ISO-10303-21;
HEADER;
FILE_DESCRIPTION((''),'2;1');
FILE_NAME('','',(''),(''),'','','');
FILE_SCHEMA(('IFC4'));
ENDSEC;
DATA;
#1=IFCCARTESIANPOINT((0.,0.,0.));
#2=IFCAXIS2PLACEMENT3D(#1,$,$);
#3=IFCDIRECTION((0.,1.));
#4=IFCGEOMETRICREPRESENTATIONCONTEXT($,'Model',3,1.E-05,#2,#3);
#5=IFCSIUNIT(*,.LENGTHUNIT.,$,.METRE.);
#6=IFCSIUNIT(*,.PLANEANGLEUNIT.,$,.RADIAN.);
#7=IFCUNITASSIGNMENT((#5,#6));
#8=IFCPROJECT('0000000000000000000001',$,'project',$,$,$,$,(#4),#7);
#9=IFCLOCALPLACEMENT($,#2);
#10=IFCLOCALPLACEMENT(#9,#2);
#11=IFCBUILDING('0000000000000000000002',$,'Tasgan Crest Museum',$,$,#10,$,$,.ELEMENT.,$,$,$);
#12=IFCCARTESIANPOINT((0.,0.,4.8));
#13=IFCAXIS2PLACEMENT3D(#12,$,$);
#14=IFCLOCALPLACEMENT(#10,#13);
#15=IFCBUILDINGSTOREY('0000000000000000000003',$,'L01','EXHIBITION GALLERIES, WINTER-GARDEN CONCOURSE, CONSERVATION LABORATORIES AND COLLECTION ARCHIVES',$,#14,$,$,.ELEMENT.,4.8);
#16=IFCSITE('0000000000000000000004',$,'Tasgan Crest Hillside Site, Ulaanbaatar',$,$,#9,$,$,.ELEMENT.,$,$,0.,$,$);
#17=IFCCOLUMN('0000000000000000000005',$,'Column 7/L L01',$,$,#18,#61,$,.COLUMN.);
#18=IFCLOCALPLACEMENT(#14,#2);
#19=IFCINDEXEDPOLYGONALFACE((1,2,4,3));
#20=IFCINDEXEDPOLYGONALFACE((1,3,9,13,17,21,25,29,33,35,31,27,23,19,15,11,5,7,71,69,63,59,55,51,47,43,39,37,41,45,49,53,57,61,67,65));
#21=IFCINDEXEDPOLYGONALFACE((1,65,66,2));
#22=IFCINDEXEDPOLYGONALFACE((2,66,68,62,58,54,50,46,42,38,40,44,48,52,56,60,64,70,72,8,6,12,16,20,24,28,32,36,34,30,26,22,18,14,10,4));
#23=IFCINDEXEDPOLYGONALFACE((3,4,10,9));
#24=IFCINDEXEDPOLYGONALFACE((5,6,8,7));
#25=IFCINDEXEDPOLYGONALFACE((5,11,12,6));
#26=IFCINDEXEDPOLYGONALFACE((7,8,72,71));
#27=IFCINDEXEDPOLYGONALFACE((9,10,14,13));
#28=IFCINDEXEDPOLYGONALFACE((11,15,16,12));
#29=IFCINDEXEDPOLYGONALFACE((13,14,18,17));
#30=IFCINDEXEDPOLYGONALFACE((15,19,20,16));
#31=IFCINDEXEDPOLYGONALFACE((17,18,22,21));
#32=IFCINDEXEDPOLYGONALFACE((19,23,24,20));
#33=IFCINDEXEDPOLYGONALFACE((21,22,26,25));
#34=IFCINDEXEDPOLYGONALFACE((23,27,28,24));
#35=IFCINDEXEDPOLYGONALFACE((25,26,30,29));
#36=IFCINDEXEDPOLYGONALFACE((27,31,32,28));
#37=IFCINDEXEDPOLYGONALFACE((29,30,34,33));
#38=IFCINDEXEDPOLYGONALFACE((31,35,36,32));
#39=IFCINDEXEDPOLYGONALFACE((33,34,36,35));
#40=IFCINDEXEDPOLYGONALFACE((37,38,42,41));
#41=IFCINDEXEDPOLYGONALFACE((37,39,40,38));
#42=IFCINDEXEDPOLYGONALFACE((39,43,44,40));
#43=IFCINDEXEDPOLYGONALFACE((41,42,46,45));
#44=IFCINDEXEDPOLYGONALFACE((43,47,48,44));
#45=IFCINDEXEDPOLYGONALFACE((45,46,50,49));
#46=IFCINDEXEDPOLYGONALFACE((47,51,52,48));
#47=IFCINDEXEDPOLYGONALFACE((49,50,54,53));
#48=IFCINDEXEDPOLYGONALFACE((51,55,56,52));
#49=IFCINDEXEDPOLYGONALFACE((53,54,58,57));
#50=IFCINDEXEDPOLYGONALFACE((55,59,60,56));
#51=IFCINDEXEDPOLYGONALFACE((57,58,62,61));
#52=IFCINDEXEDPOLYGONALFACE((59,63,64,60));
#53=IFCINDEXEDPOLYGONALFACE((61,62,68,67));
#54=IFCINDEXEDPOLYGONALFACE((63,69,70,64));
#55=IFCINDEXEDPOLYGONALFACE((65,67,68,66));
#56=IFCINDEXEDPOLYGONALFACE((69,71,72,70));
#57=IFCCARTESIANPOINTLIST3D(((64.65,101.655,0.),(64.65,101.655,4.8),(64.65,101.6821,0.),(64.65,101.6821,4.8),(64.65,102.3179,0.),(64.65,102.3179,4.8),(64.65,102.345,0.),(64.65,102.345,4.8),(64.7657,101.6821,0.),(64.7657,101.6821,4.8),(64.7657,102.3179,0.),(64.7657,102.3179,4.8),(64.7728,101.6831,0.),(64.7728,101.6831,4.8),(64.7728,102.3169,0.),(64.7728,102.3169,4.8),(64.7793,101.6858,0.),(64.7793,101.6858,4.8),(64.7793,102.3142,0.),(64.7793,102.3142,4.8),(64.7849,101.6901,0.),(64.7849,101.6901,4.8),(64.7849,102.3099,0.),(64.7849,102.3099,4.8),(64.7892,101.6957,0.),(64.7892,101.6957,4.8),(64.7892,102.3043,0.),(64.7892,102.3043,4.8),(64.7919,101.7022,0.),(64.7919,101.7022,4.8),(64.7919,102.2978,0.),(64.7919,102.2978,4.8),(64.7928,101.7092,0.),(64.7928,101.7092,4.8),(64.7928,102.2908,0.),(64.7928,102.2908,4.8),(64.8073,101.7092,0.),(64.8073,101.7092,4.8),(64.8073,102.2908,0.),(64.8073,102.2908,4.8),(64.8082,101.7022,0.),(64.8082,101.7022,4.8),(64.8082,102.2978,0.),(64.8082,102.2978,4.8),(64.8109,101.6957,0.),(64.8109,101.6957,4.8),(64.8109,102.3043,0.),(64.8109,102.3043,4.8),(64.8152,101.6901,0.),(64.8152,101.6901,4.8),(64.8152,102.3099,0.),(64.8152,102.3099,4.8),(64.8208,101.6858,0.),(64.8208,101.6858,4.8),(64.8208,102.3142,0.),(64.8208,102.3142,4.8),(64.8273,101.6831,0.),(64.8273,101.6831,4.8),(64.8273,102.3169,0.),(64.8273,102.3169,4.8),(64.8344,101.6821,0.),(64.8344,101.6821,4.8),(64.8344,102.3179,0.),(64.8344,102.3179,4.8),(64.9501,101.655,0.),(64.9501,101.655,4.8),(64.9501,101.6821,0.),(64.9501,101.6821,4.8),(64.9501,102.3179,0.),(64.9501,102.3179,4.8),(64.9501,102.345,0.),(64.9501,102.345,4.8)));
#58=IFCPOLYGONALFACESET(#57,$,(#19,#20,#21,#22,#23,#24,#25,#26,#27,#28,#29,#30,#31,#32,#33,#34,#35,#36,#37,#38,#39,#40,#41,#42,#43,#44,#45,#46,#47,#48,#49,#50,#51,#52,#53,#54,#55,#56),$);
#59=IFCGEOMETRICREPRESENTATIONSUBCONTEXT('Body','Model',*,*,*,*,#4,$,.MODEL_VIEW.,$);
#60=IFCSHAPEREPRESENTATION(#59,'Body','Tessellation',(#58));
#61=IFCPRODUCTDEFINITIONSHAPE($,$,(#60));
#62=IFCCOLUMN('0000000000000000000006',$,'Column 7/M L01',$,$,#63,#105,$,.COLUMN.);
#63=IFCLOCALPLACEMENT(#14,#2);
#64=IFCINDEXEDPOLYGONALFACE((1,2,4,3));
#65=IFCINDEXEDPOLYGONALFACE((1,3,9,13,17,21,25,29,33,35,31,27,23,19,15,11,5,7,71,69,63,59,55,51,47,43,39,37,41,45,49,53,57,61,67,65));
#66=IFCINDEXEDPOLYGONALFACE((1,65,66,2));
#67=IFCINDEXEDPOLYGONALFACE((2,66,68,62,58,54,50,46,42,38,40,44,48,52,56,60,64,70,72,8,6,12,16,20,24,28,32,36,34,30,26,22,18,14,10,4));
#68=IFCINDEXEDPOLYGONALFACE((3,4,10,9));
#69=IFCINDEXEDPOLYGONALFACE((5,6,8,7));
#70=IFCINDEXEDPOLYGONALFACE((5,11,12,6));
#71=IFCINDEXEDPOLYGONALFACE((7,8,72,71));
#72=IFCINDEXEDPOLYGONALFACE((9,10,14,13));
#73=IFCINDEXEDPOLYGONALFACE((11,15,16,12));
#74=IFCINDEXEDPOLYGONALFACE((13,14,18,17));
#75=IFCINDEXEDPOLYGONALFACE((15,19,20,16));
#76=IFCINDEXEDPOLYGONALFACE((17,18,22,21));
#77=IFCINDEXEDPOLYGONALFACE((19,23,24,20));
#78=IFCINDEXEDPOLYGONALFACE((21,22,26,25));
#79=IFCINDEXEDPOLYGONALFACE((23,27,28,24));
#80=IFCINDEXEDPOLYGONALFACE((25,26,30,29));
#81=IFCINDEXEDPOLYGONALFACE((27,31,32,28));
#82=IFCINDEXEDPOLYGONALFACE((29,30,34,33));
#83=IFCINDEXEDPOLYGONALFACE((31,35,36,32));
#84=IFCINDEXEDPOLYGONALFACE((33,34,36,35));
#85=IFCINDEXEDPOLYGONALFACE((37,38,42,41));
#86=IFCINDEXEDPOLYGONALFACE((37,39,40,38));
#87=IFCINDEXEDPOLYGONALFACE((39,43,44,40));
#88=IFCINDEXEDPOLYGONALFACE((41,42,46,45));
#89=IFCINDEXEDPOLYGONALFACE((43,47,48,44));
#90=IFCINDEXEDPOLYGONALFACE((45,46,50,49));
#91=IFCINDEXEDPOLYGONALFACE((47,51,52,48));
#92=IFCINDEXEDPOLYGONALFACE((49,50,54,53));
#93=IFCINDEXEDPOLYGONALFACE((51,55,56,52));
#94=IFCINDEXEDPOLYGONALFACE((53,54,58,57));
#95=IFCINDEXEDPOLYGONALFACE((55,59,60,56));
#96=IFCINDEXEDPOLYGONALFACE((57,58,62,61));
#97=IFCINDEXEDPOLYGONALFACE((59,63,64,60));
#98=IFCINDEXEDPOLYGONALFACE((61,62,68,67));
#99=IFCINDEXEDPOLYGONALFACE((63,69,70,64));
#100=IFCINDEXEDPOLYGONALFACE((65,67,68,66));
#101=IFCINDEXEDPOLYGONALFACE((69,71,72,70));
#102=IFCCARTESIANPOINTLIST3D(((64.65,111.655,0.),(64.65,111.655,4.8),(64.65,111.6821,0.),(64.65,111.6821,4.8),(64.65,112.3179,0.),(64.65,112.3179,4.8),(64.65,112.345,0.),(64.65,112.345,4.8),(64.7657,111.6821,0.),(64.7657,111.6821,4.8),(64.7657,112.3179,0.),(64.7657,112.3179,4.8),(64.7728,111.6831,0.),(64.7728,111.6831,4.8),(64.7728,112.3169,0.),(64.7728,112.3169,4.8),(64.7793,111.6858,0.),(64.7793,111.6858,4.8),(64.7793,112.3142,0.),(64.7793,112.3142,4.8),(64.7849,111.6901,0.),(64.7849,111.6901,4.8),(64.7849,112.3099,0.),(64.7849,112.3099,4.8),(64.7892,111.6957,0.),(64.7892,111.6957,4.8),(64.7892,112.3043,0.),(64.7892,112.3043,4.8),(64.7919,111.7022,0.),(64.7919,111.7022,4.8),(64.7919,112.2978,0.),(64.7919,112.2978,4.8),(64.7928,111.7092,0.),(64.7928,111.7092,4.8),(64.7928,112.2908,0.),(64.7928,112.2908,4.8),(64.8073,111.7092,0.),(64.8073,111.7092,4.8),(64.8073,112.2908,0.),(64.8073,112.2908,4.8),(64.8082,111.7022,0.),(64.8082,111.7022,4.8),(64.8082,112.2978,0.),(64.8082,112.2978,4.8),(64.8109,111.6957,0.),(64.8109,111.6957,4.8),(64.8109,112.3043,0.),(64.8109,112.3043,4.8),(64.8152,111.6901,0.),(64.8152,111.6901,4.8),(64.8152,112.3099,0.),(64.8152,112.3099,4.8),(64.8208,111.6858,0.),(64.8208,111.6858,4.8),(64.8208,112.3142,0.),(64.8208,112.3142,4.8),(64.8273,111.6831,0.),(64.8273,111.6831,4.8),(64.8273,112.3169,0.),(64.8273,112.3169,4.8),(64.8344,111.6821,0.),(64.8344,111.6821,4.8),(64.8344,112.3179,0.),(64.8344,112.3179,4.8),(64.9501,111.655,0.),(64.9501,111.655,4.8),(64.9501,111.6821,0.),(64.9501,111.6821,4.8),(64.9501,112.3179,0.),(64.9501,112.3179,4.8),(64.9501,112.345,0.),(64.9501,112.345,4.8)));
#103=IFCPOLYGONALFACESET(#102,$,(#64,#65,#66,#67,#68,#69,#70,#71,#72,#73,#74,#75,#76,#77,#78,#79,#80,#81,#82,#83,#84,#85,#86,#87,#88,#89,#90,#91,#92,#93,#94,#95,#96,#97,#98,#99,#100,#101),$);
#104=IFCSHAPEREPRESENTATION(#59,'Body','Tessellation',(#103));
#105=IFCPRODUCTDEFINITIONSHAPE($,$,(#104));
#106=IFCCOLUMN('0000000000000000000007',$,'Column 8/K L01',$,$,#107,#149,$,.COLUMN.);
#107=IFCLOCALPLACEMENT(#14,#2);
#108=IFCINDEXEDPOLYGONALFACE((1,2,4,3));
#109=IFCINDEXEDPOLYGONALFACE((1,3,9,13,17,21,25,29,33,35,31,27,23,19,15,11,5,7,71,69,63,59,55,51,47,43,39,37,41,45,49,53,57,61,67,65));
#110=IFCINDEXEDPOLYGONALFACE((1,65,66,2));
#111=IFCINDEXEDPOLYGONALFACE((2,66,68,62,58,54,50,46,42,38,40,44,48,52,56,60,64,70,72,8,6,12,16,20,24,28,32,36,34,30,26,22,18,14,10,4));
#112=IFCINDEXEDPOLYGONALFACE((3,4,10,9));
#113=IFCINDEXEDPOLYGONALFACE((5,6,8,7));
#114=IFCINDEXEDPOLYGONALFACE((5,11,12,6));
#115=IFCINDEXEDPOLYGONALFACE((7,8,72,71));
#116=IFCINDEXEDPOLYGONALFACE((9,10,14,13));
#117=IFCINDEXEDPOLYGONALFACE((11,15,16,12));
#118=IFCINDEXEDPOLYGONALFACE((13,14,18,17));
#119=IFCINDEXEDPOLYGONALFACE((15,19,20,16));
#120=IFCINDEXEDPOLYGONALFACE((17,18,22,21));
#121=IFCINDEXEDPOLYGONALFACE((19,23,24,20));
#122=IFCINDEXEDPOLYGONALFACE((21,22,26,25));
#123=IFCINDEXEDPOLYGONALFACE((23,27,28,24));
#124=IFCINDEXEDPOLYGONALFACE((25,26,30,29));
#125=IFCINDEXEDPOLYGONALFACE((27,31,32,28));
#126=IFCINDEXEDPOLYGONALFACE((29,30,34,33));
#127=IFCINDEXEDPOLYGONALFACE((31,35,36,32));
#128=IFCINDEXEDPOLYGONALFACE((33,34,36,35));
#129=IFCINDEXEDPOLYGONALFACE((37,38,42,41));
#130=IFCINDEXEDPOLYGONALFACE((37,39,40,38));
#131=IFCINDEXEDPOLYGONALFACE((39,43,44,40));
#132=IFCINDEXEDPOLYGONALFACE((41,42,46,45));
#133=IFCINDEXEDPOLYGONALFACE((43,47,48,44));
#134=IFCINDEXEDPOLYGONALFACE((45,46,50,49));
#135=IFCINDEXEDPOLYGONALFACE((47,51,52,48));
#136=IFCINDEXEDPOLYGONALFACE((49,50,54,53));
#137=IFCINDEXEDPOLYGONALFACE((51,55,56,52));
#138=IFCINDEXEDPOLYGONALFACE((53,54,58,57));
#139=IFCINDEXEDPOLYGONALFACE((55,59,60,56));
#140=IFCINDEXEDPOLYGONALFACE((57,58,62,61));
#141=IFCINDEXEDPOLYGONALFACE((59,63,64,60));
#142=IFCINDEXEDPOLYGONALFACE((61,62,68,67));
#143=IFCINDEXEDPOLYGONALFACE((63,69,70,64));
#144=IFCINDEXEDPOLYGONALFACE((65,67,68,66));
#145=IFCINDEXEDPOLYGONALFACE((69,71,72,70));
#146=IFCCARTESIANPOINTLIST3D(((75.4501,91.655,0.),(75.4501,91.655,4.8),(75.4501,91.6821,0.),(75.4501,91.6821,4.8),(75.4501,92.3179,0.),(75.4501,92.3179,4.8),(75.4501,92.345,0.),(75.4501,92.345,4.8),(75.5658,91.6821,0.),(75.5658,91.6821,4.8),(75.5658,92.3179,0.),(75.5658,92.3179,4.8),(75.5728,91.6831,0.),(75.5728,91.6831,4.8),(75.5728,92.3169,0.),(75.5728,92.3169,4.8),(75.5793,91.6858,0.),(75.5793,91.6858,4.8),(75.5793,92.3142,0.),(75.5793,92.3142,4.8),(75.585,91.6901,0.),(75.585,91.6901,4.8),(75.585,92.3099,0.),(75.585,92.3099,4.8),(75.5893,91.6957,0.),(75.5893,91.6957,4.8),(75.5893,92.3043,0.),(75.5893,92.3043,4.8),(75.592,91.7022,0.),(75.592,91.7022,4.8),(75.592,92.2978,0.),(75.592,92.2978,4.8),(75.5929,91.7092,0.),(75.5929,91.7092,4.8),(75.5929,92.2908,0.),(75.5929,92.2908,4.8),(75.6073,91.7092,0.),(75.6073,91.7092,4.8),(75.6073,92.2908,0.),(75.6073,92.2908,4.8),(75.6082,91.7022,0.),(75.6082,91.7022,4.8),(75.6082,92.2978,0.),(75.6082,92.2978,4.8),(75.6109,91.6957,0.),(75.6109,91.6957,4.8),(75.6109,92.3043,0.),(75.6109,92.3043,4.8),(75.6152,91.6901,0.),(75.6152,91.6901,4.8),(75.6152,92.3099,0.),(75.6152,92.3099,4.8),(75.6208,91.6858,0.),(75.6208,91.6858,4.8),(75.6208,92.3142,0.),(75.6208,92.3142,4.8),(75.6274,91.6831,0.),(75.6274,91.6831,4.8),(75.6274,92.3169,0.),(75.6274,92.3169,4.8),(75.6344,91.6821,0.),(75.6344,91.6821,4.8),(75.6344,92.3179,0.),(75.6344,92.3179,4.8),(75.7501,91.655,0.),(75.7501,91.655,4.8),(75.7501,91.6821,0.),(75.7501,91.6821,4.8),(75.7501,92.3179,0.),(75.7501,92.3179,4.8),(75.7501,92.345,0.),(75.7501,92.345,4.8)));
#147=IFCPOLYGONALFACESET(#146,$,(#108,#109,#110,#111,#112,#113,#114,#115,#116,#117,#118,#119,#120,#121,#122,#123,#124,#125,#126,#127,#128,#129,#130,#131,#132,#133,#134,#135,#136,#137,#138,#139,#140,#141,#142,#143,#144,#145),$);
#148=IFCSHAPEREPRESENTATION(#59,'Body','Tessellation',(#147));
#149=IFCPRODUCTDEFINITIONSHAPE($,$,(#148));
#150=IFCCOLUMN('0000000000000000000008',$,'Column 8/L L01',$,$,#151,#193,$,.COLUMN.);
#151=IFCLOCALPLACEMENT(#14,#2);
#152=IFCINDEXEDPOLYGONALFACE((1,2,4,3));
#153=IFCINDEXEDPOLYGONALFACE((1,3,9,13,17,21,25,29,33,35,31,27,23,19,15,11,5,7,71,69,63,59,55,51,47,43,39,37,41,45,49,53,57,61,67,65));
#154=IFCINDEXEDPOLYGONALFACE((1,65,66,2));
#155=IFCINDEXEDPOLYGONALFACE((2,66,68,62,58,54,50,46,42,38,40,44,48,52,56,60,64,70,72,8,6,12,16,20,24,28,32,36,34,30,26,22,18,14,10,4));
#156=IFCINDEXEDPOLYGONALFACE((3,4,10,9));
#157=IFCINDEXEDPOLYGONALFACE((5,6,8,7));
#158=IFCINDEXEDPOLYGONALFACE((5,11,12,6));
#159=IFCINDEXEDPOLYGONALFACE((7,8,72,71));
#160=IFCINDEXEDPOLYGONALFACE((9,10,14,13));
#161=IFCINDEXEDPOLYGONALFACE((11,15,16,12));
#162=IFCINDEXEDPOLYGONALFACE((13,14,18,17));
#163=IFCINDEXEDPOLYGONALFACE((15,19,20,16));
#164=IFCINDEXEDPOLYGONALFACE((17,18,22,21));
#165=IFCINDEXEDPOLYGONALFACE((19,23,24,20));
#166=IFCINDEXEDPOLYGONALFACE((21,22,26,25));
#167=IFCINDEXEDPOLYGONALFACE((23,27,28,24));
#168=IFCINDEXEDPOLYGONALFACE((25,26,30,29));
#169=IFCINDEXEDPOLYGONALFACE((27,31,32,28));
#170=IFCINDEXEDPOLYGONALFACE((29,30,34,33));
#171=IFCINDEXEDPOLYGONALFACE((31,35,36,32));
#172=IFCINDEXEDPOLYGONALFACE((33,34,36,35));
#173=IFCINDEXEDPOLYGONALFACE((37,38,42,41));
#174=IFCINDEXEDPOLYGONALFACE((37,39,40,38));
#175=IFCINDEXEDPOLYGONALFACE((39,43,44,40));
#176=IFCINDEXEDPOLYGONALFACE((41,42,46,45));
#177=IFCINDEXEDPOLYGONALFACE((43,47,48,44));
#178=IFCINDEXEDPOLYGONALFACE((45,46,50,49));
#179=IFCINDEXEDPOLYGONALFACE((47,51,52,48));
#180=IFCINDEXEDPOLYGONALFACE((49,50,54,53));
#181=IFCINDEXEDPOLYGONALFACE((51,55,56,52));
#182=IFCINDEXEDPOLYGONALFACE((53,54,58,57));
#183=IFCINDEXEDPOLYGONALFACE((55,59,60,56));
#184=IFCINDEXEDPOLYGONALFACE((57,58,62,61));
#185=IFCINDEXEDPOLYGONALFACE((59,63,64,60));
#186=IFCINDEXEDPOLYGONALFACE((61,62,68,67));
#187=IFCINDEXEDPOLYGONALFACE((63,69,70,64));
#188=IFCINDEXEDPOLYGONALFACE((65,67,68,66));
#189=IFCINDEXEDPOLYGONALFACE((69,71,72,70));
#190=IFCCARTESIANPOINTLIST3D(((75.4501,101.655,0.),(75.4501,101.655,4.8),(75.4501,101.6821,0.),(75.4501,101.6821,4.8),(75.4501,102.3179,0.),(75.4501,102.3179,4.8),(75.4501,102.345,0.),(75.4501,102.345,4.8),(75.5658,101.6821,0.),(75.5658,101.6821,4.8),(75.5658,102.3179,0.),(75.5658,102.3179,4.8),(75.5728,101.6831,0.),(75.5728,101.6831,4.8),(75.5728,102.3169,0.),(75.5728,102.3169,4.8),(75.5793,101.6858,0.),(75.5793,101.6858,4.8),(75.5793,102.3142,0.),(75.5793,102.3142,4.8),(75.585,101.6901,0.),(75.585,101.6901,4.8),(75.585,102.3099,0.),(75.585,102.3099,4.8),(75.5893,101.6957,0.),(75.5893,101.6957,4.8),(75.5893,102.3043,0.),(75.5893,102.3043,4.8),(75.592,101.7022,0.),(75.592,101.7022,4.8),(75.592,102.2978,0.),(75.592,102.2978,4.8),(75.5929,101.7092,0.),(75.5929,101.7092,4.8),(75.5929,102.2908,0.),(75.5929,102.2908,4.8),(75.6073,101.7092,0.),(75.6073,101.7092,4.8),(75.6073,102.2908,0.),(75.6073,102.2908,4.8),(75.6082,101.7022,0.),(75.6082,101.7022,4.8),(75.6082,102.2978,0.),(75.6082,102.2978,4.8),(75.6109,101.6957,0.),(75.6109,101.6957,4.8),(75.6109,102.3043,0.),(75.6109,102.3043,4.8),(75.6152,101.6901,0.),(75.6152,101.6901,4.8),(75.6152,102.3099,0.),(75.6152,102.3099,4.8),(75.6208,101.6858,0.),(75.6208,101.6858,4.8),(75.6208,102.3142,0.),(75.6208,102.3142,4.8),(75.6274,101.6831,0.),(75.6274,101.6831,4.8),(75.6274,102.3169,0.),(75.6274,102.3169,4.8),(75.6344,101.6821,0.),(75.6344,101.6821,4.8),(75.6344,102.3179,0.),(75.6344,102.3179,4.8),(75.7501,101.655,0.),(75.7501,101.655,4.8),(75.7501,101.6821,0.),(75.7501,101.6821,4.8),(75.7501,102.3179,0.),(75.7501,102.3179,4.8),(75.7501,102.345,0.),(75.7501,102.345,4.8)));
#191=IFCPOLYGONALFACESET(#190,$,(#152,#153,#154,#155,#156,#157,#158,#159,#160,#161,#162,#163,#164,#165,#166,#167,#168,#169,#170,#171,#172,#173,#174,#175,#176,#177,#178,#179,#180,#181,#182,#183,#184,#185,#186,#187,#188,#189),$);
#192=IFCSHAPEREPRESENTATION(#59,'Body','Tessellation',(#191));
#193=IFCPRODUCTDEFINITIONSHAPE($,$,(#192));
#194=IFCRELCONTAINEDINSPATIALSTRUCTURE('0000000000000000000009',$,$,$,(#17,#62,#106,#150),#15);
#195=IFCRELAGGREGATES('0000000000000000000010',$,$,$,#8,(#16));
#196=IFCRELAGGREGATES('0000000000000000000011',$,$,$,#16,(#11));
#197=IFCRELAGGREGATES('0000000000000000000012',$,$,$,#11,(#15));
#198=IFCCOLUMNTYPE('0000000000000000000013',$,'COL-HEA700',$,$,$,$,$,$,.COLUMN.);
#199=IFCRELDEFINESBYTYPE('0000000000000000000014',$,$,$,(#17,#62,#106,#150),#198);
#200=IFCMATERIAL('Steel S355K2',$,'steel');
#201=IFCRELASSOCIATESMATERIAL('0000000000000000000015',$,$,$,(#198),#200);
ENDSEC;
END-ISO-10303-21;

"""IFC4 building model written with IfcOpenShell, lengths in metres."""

from ifc_helpers import new_model, si_unit, direction, frame, origin, origin_2d, place, context, subcontext, project, spatial, i_section, extrude, material, material_profile, profile_set, type_object, element, save


model = new_model("IFC4")

# Units and contexts
model_context = context("Model", 3, precision=1e-05, world=origin(), true_north=direction((0.0, 1.0)))
body_context = subcontext(model_context, "Body", "Model", "MODEL_VIEW")
ifc_project = project(units=[si_unit("LENGTHUNIT", "METRE"), si_unit("PLANEANGLEUNIT", "RADIAN")], contexts=[model_context])

# Site, building, storey
site_placement = place(None, origin())
site = spatial("IfcSite", under=ifc_project, at=site_placement, Name="Tasgan Crest Hillside Site, Ulaanbaatar", CompositionType="ELEMENT", RefElevation=0.0)
building_placement = place(site_placement, origin())
building = spatial("IfcBuilding", under=site, at=building_placement, Name="Tasgan Crest Museum", CompositionType="ELEMENT")
storey_placement = place(building_placement, frame((0.0, 0.0, 4.8)))
storey = spatial("IfcBuildingStorey", under=building, at=storey_placement, Name="L01", Description="EXHIBITION GALLERIES, WINTER-GARDEN CONCOURSE, CONSERVATION LABORATORIES AND COLLECTION ARCHIVES", CompositionType="ELEMENT", Elevation=4.8)

# Columns
ifc_material_1 = material(Name="Steel S355K2", Category="steel")
ifc_material_profile_1 = material_profile(ifc_material_1, i_section(OverallWidth=0.3, OverallDepth=0.6899, WebThickness=0.0144, FlangeThickness=0.0271, FilletRadius=0.0271, at=origin_2d()), Name="HEA 700")
ifc_profile_set_1 = profile_set([ifc_material_profile_1], Name="Steel S355K2")
column_type_1 = type_object("IfcColumnType", Name="COL-HEA700", PredefinedType="COLUMN", material=ifc_profile_set_1)
for number, where, z_axis, x_axis, name in (
    (1, (64.8, 102.0, 0.0), (0.0, 0.0, 1.0), (1.0, 0.0, 0.0), "Column 7/L L01"),
    (2, (64.8, 112.0, 0.0), (0.0, 0.0, 1.0), (1.0, 0.0, 0.0), "Column 7/M L01"),
    (3, (75.6001, 92.0, 0.0), (0.0, 0.0, 1.0), (1.0, 0.0, 0.0), "Column 8/K L01"),
    (4, (75.6001, 102.0, 0.0), (0.0, 0.0, 1.0), (1.0, 0.0, 0.0), "Column 8/L L01"),
):
    element("IfcColumn", number, at=place(storey_placement, frame(where, z_axis=z_axis, x_axis=x_axis)), inside=storey, type_object=column_type_1, Name=name, PredefinedType="COLUMN", context=body_context, shape_type="SweptSolid", body=[
        extrude(i_section(OverallWidth=0.3, OverallDepth=0.6899, WebThickness=0.0144, FlangeThickness=0.0271, FilletRadius=0.0271, at=origin_2d()), origin(), (0.0, 0.0, 1.0), 4.8),
    ])

save(model, "model.ifc")
